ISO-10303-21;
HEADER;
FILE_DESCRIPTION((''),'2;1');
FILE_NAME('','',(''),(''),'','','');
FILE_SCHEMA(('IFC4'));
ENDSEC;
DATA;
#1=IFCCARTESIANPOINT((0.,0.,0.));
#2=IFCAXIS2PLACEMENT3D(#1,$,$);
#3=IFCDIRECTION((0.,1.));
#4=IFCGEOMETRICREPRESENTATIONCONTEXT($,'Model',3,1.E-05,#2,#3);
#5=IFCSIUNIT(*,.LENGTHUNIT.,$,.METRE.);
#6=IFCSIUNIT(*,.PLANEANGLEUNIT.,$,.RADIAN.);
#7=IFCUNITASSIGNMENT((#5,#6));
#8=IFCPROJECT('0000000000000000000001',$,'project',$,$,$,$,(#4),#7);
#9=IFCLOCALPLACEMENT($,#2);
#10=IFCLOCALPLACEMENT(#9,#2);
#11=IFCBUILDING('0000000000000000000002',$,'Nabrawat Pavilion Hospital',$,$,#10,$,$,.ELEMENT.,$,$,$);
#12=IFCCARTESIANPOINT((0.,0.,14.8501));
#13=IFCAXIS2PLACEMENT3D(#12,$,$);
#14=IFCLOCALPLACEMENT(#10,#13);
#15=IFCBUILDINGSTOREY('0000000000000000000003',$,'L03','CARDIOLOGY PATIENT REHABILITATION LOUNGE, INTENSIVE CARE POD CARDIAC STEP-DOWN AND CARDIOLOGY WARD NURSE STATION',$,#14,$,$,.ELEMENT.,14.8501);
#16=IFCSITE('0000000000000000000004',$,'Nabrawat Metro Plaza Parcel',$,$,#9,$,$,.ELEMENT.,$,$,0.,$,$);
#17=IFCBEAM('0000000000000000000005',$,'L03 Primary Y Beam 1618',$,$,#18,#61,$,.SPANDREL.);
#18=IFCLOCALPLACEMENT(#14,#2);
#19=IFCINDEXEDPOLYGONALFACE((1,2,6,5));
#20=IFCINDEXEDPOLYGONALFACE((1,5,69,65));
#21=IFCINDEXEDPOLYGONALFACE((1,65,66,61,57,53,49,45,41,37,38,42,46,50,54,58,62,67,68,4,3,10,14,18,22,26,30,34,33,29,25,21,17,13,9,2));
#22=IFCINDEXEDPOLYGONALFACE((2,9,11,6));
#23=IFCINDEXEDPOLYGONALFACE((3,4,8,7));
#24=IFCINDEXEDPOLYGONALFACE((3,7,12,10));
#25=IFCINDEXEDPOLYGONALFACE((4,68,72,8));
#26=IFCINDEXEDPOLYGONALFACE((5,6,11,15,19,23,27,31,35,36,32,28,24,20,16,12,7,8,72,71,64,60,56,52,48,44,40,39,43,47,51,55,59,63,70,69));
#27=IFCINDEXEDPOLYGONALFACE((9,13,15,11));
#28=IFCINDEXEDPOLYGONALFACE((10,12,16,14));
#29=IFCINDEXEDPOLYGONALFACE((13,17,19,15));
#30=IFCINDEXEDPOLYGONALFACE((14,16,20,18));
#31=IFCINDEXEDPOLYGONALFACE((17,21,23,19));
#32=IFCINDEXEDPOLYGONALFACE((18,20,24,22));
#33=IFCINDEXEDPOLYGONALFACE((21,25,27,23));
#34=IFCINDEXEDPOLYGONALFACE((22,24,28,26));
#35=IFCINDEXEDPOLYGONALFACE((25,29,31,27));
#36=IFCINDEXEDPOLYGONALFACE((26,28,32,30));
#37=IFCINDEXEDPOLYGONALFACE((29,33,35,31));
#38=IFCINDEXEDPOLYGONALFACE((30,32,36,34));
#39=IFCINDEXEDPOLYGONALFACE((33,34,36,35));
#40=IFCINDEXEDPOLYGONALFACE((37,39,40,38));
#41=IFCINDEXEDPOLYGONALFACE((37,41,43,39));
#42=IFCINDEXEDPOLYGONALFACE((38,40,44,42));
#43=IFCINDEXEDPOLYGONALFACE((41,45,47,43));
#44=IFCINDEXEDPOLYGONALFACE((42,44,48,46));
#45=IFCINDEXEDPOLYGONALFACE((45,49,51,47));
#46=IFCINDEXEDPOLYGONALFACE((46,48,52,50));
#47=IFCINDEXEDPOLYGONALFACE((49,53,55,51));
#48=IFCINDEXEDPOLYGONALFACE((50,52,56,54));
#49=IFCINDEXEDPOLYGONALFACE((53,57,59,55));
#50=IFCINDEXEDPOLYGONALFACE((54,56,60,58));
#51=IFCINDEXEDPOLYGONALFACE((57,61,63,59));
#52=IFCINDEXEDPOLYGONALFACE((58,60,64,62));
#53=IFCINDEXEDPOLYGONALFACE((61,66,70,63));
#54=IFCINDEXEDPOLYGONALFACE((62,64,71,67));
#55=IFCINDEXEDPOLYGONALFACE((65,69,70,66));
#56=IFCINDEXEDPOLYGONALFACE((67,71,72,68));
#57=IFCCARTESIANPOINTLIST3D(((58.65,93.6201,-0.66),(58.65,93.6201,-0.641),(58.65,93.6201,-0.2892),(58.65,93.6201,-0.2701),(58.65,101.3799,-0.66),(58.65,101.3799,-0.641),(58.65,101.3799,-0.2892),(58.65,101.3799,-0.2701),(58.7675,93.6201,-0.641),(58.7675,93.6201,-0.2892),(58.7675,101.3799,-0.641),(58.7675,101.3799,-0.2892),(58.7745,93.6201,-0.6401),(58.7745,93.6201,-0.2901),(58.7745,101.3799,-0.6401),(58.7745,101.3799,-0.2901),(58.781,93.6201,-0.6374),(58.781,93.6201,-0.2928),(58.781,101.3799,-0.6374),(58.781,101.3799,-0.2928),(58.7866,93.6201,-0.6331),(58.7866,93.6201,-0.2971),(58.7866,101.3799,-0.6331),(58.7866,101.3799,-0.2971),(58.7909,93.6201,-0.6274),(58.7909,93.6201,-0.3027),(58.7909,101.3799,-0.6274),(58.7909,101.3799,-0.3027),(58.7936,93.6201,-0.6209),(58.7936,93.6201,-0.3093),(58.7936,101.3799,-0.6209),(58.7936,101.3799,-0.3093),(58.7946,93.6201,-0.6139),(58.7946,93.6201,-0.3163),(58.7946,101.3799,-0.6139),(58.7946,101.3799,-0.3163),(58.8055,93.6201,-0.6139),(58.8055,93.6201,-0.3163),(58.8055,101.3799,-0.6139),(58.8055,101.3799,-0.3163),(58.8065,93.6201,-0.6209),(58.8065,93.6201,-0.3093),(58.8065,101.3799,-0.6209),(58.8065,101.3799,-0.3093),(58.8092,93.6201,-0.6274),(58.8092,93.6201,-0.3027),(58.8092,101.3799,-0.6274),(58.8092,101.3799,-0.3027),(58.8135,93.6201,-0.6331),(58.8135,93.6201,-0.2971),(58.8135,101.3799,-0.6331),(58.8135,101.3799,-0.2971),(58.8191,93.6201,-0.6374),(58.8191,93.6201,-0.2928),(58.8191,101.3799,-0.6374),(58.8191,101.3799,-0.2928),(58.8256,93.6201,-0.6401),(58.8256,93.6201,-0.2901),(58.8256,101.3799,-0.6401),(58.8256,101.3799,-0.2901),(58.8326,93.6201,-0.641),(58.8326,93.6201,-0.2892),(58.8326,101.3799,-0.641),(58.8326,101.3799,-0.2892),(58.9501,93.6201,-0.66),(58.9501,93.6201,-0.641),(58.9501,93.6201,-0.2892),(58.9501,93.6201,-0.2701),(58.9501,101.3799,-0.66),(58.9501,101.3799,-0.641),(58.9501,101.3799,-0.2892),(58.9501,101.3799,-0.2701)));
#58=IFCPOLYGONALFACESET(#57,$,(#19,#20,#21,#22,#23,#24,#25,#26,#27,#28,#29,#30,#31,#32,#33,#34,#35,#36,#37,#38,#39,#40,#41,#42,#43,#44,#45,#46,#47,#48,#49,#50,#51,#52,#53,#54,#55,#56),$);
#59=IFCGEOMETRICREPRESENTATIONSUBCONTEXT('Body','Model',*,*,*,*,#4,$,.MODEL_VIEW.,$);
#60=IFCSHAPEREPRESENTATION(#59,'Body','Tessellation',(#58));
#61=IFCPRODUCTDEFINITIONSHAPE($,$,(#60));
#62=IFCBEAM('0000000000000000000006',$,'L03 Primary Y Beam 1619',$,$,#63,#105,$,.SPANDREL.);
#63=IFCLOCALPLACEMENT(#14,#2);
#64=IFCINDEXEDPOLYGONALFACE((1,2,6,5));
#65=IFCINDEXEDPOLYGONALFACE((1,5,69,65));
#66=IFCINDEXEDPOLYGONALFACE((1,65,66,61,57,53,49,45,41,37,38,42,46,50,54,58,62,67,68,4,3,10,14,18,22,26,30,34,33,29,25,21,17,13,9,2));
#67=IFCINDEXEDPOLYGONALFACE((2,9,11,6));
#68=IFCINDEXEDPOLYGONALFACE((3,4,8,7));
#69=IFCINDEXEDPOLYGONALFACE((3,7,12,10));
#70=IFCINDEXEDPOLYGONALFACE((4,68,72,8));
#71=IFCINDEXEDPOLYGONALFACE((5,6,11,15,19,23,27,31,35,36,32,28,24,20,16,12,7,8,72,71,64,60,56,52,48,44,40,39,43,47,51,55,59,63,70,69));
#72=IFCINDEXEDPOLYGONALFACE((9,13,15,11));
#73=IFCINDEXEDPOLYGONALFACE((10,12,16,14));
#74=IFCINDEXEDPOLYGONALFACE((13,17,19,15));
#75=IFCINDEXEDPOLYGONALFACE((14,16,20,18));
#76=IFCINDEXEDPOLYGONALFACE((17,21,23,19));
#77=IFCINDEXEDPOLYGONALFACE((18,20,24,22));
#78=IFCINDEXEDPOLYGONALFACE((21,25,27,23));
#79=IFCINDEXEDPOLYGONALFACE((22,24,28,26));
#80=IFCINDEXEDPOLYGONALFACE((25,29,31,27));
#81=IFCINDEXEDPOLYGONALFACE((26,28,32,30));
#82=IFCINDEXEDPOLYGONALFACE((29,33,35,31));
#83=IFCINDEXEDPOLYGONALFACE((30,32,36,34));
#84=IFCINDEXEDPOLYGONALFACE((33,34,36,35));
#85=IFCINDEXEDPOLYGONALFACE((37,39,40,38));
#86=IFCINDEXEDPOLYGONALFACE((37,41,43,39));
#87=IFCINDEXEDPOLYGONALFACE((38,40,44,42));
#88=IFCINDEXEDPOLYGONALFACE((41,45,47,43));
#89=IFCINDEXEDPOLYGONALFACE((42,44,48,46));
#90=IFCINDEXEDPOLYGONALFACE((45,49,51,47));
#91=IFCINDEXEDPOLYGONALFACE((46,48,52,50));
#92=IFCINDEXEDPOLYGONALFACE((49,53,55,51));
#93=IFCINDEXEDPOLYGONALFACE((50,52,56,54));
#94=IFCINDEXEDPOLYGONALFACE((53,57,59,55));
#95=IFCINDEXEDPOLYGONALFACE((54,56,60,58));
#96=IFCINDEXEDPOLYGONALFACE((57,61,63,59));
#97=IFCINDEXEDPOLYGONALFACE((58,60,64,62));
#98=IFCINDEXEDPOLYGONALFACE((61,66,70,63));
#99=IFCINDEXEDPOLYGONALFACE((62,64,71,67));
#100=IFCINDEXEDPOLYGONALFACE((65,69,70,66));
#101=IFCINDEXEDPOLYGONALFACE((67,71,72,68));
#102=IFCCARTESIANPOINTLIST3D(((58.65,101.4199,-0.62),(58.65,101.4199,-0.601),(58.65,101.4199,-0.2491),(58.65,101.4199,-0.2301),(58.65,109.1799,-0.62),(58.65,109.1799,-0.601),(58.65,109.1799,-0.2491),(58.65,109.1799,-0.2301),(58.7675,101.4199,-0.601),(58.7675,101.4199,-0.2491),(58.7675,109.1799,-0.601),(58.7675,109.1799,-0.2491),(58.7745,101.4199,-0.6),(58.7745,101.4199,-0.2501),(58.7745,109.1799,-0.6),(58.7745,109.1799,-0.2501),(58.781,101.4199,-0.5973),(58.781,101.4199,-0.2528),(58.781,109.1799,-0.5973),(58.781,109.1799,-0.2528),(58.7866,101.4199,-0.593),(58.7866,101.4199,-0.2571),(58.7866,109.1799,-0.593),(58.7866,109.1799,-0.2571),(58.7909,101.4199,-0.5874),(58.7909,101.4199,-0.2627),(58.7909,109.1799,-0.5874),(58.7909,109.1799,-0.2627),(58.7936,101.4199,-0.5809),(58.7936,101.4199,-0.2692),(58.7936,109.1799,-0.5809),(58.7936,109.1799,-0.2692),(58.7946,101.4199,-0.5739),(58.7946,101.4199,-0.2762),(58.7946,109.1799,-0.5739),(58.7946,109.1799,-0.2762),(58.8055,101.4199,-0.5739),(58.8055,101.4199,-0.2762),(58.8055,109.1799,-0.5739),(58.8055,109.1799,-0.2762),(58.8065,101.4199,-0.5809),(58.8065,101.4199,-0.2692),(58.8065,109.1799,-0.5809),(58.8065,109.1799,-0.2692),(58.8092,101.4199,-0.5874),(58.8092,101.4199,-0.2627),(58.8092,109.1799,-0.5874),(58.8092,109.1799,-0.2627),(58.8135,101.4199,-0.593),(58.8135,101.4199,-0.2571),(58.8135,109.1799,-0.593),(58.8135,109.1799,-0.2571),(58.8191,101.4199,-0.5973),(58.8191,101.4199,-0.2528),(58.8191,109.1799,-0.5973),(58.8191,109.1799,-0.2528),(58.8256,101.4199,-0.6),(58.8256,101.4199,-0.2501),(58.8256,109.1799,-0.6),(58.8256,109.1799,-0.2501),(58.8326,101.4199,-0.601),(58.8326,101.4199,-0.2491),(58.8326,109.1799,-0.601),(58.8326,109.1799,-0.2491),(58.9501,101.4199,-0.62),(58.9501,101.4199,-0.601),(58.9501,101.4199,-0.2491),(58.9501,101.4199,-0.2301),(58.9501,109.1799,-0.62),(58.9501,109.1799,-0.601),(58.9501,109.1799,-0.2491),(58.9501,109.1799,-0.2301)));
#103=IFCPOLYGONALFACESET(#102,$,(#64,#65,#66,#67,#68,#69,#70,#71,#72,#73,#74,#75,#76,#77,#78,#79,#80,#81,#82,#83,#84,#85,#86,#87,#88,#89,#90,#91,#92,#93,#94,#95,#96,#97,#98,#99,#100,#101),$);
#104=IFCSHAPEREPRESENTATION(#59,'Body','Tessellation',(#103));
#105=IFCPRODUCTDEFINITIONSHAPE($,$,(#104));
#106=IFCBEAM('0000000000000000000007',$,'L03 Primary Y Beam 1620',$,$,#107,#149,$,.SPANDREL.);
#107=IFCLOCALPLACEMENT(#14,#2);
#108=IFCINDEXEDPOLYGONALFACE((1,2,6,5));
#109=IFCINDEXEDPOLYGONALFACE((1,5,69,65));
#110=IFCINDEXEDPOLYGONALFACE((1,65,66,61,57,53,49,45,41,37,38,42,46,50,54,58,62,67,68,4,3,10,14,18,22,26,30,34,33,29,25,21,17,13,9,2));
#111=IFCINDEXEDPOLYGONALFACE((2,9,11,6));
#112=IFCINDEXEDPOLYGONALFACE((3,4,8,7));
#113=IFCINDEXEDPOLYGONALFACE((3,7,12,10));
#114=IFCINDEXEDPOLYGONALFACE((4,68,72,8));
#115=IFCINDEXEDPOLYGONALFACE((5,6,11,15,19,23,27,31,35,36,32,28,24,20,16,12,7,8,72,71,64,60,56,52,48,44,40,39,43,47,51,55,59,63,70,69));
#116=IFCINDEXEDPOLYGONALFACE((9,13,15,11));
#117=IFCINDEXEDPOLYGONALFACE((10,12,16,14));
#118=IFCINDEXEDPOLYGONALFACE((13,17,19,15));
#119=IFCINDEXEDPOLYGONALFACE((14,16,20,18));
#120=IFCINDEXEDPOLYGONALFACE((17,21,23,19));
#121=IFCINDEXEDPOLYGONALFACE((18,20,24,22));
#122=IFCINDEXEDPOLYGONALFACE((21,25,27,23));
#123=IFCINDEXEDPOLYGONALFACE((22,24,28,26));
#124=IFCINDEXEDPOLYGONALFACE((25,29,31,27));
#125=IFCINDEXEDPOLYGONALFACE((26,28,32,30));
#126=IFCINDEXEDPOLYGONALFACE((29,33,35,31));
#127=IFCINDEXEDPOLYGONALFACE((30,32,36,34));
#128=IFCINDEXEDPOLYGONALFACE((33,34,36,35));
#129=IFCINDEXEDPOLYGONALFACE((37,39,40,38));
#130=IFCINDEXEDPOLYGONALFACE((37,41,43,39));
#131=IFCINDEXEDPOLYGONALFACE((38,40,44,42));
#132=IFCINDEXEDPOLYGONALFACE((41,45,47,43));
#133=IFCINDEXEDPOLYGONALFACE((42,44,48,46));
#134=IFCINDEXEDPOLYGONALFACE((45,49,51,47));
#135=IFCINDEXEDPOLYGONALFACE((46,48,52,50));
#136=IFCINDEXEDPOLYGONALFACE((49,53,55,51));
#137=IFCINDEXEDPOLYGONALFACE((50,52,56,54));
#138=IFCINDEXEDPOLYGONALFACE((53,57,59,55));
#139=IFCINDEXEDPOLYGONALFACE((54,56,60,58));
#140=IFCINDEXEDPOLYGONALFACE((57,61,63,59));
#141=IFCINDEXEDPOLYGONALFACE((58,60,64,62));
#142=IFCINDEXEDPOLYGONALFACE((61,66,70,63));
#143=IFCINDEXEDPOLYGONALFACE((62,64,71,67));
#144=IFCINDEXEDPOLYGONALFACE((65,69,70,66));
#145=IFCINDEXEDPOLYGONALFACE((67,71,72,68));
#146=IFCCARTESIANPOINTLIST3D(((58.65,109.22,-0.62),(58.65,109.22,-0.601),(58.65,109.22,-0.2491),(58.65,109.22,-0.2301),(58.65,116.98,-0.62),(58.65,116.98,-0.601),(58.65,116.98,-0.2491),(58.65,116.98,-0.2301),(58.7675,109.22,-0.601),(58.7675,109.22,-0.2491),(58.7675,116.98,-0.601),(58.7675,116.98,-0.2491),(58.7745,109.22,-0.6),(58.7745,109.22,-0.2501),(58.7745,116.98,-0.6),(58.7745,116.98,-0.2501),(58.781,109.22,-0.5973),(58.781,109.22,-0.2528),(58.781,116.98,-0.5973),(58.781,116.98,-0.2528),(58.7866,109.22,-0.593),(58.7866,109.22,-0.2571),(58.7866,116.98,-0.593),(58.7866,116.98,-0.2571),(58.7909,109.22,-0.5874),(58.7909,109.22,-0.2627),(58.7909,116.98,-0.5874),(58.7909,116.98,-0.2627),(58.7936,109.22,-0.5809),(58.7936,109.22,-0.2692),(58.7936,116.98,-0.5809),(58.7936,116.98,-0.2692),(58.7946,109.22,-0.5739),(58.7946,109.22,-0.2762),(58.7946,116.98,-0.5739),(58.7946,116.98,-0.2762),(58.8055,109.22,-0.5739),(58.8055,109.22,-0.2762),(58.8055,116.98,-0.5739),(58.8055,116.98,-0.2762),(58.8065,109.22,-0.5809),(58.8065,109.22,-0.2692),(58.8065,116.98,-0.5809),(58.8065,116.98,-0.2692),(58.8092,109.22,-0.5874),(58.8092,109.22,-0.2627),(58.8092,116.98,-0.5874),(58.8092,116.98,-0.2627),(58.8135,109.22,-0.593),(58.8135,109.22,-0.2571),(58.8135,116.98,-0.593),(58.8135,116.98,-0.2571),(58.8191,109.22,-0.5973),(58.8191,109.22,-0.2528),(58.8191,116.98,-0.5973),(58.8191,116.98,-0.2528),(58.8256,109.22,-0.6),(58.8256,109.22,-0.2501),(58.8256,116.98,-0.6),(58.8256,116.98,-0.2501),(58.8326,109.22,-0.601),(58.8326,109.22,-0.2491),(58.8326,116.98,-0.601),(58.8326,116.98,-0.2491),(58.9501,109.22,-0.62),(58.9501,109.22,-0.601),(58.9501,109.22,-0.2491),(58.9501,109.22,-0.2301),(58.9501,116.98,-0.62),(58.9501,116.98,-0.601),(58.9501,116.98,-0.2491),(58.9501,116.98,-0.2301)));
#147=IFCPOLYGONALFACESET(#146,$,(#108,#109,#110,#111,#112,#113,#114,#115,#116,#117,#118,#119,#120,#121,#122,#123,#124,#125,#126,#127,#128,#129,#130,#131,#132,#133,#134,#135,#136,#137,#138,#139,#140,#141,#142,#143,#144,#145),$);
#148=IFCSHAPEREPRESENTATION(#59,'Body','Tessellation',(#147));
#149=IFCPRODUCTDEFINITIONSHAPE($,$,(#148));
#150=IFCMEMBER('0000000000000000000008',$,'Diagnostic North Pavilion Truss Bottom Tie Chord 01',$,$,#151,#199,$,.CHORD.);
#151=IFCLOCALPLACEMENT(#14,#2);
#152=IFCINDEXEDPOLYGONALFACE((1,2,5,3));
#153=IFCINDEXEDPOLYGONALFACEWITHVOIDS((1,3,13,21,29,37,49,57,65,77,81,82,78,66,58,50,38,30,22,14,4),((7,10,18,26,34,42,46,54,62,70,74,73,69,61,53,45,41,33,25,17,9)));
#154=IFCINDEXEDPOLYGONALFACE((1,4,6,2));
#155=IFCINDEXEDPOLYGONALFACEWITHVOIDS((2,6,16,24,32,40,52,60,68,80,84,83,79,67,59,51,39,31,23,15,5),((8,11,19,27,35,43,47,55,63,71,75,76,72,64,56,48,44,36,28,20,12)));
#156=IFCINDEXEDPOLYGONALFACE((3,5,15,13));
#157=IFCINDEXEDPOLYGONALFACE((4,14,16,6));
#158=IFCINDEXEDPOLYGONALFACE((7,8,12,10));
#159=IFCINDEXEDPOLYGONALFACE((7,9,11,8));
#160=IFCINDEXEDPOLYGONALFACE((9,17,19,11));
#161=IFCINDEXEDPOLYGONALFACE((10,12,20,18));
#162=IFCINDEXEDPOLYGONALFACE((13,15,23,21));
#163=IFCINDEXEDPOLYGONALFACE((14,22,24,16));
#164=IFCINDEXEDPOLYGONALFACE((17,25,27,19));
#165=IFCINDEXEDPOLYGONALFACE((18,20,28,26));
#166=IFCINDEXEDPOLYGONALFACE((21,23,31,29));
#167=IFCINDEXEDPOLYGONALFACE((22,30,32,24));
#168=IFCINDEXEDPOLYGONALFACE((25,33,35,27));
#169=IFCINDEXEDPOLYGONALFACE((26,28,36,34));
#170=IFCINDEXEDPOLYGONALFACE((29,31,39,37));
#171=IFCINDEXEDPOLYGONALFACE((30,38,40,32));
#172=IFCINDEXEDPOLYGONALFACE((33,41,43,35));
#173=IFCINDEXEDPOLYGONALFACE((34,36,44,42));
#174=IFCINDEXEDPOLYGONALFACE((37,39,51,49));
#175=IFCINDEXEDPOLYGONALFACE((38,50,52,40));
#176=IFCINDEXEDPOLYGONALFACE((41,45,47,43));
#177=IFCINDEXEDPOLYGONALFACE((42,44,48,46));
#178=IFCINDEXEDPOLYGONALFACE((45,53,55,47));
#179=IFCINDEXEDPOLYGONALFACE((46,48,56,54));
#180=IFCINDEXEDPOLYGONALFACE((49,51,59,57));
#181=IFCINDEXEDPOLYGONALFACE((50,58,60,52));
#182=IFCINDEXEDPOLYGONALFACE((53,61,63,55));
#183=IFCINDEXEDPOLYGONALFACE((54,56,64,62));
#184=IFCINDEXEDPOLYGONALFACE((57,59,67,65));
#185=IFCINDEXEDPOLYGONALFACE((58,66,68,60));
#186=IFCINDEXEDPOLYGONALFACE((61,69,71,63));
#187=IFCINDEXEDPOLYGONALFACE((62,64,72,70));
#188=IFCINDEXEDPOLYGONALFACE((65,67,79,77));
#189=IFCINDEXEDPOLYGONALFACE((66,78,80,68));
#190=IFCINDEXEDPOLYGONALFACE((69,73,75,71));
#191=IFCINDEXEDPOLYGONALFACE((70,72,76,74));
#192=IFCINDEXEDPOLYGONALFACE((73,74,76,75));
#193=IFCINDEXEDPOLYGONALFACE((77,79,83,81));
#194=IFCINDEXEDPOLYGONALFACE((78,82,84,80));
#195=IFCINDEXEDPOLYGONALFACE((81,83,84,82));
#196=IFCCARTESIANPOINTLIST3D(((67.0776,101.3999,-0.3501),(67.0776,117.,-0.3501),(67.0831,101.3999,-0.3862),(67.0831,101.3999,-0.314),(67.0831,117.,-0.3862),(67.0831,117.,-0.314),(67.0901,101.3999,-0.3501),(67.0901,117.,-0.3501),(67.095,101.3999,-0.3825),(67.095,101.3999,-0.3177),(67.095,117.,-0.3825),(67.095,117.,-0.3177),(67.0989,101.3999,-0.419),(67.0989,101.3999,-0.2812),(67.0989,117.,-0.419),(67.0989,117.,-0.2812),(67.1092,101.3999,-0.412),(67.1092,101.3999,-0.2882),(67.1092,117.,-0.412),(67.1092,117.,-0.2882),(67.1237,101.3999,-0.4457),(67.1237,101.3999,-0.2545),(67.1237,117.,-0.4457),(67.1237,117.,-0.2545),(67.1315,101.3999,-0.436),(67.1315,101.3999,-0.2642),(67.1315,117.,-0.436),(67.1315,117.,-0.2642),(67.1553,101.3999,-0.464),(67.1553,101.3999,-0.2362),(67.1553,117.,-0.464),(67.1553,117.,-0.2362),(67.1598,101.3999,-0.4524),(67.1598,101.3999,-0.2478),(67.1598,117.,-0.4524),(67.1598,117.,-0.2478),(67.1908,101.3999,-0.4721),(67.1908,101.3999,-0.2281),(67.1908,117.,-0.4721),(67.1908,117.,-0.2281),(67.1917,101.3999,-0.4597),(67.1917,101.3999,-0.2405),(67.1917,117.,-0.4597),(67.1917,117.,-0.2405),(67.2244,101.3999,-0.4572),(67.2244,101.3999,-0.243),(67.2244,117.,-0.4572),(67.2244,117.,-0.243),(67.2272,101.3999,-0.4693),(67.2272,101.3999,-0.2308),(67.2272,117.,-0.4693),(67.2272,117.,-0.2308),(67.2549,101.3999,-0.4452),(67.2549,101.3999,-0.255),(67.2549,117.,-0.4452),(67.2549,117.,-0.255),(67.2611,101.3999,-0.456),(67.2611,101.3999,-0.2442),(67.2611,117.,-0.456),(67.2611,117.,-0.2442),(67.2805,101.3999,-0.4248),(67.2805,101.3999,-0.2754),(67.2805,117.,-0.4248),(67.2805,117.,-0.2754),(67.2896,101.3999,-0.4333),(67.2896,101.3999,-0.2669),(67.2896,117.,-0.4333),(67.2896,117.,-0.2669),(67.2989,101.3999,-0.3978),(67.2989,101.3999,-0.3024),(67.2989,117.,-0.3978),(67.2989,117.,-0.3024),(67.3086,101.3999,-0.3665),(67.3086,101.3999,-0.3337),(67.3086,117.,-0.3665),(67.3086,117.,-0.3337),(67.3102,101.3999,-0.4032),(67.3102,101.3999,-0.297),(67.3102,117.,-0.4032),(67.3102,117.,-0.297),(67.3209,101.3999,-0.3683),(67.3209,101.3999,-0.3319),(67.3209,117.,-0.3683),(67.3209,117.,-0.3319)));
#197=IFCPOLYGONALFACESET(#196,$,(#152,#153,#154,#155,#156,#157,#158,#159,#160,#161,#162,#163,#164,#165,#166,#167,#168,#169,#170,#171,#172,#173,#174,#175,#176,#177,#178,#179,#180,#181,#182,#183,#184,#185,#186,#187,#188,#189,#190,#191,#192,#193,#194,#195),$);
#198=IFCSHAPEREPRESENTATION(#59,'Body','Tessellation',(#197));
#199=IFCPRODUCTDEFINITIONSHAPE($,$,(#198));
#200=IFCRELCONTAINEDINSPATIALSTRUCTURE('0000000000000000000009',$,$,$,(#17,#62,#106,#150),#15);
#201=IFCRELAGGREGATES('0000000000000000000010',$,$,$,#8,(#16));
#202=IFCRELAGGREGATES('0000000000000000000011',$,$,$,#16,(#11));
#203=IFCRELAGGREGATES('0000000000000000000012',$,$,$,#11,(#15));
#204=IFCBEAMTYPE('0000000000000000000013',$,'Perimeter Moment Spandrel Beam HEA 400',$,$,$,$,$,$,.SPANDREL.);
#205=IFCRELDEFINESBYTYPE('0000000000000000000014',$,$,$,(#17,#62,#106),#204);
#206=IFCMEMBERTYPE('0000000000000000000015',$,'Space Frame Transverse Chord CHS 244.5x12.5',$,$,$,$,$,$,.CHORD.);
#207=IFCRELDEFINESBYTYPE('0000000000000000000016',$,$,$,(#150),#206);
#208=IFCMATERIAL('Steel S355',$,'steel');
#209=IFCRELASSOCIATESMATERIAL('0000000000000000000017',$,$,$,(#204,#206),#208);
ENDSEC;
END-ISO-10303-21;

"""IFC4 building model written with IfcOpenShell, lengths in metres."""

from ifc_helpers import new_model, si_unit, direction, frame, origin, origin_2d, place, context, subcontext, project, spatial, hollow_circle, i_section, extrude, material, material_profile, profile_set, type_object, element, save


model = new_model("IFC4")

# Units and contexts
model_context = context("Model", 3, precision=1e-05, world=origin(), true_north=direction((0.0, 1.0)))
body_context = subcontext(model_context, "Body", "Model", "MODEL_VIEW")
ifc_project = project(units=[si_unit("LENGTHUNIT", "METRE"), si_unit("PLANEANGLEUNIT", "RADIAN")], contexts=[model_context])

# Site, building, storey
site_placement = place(None, origin())
site = spatial("IfcSite", under=ifc_project, at=site_placement, Name="Nabrawat Metro Plaza Parcel", CompositionType="ELEMENT", RefElevation=0.0)
building_placement = place(site_placement, origin())
building = spatial("IfcBuilding", under=site, at=building_placement, Name="Nabrawat Pavilion Hospital", CompositionType="ELEMENT")
storey_placement = place(building_placement, frame((0.0, 0.0, 14.8501)))
storey = spatial("IfcBuildingStorey", under=building, at=storey_placement, Name="L03", Description="CARDIOLOGY PATIENT REHABILITATION LOUNGE, INTENSIVE CARE POD CARDIAC STEP-DOWN AND CARDIOLOGY WARD NURSE STATION", CompositionType="ELEMENT", Elevation=14.8501)

# Shared definitions
ifc_material_1 = material(Name="Steel S355", Category="steel")

# Beams
ifc_material_profile_1 = material_profile(ifc_material_1, i_section(OverallWidth=0.3, OverallDepth=0.3899, WebThickness=0.011, FlangeThickness=0.019, FilletRadius=0.0271, at=origin_2d()), Name="HEA 400")
ifc_profile_set_1 = profile_set([ifc_material_profile_1], Name="Steel S355")
beam_type = type_object("IfcBeamType", Name="Perimeter Moment Spandrel Beam HEA 400", PredefinedType="SPANDREL", material=ifc_profile_set_1)
beam_placement = place(storey_placement, frame((58.8, 93.6201, -0.4651), z_axis=(0.0, 1.0, 0.0), x_axis=(-1.0, 0.0, 0.0)))
element("IfcBeam", 1, at=beam_placement, inside=storey, type_object=beam_type, Name="L03 Primary Y Beam 1618", PredefinedType="SPANDREL", context=body_context, shape_type="SweptSolid", body=[
    extrude(i_section(OverallWidth=0.3, OverallDepth=0.3899, WebThickness=0.011, FlangeThickness=0.019, FilletRadius=0.0271, at=origin_2d()), origin(), (0.0, 0.0, 1.0), 7.7598),
])
for number, where, z_axis, x_axis, name in (
    (2, (58.8, 101.4199, -0.425), (0.0, 1.0, 0.0), (-1.0, 0.0, 0.0), "L03 Primary Y Beam 1619"),
    (3, (58.8, 109.22, -0.425), (0.0, 1.0, 0.0), (-1.0, 0.0, 0.0), "L03 Primary Y Beam 1620"),
):
    element("IfcBeam", number, at=place(storey_placement, frame(where, z_axis=z_axis, x_axis=x_axis)), inside=storey, type_object=beam_type, Name=name, PredefinedType="SPANDREL", context=body_context, shape_type="SweptSolid", body=[
        extrude(i_section(OverallWidth=0.3, OverallDepth=0.3899, WebThickness=0.011, FlangeThickness=0.019, FilletRadius=0.0271, at=origin_2d()), origin(), (0.0, 0.0, 1.0), 7.76),
    ])

# Member
ifc_material_profile_2 = material_profile(ifc_material_1, hollow_circle(Radius=0.1223, WallThickness=0.0125, at=origin_2d()), Name="CHS 244.5x12.5")
ifc_profile_set_2 = profile_set([ifc_material_profile_2], Name="Steel S355")
member_type_1 = type_object("IfcMemberType", Name="Space Frame Transverse Chord CHS 244.5x12.5", PredefinedType="CHORD", material=ifc_profile_set_2)
for number, where, z_axis, x_axis, name in (
    (4, (67.2, 101.3999, -0.3501), (0.0, 1.0, 0.0), (-1.0, 0.0, 0.0), "Diagnostic North Pavilion Truss Bottom Tie Chord 01"),
):
    element("IfcMember", number, at=place(storey_placement, frame(where, z_axis=z_axis, x_axis=x_axis)), inside=storey, type_object=member_type_1, Name=name, PredefinedType="CHORD", context=body_context, shape_type="SweptSolid", body=[
        extrude(hollow_circle(Radius=0.1223, WallThickness=0.0125, at=origin_2d()), origin(), (0.0, 0.0, 1.0), 15.6001),
    ])

save(model, "model.ifc")
